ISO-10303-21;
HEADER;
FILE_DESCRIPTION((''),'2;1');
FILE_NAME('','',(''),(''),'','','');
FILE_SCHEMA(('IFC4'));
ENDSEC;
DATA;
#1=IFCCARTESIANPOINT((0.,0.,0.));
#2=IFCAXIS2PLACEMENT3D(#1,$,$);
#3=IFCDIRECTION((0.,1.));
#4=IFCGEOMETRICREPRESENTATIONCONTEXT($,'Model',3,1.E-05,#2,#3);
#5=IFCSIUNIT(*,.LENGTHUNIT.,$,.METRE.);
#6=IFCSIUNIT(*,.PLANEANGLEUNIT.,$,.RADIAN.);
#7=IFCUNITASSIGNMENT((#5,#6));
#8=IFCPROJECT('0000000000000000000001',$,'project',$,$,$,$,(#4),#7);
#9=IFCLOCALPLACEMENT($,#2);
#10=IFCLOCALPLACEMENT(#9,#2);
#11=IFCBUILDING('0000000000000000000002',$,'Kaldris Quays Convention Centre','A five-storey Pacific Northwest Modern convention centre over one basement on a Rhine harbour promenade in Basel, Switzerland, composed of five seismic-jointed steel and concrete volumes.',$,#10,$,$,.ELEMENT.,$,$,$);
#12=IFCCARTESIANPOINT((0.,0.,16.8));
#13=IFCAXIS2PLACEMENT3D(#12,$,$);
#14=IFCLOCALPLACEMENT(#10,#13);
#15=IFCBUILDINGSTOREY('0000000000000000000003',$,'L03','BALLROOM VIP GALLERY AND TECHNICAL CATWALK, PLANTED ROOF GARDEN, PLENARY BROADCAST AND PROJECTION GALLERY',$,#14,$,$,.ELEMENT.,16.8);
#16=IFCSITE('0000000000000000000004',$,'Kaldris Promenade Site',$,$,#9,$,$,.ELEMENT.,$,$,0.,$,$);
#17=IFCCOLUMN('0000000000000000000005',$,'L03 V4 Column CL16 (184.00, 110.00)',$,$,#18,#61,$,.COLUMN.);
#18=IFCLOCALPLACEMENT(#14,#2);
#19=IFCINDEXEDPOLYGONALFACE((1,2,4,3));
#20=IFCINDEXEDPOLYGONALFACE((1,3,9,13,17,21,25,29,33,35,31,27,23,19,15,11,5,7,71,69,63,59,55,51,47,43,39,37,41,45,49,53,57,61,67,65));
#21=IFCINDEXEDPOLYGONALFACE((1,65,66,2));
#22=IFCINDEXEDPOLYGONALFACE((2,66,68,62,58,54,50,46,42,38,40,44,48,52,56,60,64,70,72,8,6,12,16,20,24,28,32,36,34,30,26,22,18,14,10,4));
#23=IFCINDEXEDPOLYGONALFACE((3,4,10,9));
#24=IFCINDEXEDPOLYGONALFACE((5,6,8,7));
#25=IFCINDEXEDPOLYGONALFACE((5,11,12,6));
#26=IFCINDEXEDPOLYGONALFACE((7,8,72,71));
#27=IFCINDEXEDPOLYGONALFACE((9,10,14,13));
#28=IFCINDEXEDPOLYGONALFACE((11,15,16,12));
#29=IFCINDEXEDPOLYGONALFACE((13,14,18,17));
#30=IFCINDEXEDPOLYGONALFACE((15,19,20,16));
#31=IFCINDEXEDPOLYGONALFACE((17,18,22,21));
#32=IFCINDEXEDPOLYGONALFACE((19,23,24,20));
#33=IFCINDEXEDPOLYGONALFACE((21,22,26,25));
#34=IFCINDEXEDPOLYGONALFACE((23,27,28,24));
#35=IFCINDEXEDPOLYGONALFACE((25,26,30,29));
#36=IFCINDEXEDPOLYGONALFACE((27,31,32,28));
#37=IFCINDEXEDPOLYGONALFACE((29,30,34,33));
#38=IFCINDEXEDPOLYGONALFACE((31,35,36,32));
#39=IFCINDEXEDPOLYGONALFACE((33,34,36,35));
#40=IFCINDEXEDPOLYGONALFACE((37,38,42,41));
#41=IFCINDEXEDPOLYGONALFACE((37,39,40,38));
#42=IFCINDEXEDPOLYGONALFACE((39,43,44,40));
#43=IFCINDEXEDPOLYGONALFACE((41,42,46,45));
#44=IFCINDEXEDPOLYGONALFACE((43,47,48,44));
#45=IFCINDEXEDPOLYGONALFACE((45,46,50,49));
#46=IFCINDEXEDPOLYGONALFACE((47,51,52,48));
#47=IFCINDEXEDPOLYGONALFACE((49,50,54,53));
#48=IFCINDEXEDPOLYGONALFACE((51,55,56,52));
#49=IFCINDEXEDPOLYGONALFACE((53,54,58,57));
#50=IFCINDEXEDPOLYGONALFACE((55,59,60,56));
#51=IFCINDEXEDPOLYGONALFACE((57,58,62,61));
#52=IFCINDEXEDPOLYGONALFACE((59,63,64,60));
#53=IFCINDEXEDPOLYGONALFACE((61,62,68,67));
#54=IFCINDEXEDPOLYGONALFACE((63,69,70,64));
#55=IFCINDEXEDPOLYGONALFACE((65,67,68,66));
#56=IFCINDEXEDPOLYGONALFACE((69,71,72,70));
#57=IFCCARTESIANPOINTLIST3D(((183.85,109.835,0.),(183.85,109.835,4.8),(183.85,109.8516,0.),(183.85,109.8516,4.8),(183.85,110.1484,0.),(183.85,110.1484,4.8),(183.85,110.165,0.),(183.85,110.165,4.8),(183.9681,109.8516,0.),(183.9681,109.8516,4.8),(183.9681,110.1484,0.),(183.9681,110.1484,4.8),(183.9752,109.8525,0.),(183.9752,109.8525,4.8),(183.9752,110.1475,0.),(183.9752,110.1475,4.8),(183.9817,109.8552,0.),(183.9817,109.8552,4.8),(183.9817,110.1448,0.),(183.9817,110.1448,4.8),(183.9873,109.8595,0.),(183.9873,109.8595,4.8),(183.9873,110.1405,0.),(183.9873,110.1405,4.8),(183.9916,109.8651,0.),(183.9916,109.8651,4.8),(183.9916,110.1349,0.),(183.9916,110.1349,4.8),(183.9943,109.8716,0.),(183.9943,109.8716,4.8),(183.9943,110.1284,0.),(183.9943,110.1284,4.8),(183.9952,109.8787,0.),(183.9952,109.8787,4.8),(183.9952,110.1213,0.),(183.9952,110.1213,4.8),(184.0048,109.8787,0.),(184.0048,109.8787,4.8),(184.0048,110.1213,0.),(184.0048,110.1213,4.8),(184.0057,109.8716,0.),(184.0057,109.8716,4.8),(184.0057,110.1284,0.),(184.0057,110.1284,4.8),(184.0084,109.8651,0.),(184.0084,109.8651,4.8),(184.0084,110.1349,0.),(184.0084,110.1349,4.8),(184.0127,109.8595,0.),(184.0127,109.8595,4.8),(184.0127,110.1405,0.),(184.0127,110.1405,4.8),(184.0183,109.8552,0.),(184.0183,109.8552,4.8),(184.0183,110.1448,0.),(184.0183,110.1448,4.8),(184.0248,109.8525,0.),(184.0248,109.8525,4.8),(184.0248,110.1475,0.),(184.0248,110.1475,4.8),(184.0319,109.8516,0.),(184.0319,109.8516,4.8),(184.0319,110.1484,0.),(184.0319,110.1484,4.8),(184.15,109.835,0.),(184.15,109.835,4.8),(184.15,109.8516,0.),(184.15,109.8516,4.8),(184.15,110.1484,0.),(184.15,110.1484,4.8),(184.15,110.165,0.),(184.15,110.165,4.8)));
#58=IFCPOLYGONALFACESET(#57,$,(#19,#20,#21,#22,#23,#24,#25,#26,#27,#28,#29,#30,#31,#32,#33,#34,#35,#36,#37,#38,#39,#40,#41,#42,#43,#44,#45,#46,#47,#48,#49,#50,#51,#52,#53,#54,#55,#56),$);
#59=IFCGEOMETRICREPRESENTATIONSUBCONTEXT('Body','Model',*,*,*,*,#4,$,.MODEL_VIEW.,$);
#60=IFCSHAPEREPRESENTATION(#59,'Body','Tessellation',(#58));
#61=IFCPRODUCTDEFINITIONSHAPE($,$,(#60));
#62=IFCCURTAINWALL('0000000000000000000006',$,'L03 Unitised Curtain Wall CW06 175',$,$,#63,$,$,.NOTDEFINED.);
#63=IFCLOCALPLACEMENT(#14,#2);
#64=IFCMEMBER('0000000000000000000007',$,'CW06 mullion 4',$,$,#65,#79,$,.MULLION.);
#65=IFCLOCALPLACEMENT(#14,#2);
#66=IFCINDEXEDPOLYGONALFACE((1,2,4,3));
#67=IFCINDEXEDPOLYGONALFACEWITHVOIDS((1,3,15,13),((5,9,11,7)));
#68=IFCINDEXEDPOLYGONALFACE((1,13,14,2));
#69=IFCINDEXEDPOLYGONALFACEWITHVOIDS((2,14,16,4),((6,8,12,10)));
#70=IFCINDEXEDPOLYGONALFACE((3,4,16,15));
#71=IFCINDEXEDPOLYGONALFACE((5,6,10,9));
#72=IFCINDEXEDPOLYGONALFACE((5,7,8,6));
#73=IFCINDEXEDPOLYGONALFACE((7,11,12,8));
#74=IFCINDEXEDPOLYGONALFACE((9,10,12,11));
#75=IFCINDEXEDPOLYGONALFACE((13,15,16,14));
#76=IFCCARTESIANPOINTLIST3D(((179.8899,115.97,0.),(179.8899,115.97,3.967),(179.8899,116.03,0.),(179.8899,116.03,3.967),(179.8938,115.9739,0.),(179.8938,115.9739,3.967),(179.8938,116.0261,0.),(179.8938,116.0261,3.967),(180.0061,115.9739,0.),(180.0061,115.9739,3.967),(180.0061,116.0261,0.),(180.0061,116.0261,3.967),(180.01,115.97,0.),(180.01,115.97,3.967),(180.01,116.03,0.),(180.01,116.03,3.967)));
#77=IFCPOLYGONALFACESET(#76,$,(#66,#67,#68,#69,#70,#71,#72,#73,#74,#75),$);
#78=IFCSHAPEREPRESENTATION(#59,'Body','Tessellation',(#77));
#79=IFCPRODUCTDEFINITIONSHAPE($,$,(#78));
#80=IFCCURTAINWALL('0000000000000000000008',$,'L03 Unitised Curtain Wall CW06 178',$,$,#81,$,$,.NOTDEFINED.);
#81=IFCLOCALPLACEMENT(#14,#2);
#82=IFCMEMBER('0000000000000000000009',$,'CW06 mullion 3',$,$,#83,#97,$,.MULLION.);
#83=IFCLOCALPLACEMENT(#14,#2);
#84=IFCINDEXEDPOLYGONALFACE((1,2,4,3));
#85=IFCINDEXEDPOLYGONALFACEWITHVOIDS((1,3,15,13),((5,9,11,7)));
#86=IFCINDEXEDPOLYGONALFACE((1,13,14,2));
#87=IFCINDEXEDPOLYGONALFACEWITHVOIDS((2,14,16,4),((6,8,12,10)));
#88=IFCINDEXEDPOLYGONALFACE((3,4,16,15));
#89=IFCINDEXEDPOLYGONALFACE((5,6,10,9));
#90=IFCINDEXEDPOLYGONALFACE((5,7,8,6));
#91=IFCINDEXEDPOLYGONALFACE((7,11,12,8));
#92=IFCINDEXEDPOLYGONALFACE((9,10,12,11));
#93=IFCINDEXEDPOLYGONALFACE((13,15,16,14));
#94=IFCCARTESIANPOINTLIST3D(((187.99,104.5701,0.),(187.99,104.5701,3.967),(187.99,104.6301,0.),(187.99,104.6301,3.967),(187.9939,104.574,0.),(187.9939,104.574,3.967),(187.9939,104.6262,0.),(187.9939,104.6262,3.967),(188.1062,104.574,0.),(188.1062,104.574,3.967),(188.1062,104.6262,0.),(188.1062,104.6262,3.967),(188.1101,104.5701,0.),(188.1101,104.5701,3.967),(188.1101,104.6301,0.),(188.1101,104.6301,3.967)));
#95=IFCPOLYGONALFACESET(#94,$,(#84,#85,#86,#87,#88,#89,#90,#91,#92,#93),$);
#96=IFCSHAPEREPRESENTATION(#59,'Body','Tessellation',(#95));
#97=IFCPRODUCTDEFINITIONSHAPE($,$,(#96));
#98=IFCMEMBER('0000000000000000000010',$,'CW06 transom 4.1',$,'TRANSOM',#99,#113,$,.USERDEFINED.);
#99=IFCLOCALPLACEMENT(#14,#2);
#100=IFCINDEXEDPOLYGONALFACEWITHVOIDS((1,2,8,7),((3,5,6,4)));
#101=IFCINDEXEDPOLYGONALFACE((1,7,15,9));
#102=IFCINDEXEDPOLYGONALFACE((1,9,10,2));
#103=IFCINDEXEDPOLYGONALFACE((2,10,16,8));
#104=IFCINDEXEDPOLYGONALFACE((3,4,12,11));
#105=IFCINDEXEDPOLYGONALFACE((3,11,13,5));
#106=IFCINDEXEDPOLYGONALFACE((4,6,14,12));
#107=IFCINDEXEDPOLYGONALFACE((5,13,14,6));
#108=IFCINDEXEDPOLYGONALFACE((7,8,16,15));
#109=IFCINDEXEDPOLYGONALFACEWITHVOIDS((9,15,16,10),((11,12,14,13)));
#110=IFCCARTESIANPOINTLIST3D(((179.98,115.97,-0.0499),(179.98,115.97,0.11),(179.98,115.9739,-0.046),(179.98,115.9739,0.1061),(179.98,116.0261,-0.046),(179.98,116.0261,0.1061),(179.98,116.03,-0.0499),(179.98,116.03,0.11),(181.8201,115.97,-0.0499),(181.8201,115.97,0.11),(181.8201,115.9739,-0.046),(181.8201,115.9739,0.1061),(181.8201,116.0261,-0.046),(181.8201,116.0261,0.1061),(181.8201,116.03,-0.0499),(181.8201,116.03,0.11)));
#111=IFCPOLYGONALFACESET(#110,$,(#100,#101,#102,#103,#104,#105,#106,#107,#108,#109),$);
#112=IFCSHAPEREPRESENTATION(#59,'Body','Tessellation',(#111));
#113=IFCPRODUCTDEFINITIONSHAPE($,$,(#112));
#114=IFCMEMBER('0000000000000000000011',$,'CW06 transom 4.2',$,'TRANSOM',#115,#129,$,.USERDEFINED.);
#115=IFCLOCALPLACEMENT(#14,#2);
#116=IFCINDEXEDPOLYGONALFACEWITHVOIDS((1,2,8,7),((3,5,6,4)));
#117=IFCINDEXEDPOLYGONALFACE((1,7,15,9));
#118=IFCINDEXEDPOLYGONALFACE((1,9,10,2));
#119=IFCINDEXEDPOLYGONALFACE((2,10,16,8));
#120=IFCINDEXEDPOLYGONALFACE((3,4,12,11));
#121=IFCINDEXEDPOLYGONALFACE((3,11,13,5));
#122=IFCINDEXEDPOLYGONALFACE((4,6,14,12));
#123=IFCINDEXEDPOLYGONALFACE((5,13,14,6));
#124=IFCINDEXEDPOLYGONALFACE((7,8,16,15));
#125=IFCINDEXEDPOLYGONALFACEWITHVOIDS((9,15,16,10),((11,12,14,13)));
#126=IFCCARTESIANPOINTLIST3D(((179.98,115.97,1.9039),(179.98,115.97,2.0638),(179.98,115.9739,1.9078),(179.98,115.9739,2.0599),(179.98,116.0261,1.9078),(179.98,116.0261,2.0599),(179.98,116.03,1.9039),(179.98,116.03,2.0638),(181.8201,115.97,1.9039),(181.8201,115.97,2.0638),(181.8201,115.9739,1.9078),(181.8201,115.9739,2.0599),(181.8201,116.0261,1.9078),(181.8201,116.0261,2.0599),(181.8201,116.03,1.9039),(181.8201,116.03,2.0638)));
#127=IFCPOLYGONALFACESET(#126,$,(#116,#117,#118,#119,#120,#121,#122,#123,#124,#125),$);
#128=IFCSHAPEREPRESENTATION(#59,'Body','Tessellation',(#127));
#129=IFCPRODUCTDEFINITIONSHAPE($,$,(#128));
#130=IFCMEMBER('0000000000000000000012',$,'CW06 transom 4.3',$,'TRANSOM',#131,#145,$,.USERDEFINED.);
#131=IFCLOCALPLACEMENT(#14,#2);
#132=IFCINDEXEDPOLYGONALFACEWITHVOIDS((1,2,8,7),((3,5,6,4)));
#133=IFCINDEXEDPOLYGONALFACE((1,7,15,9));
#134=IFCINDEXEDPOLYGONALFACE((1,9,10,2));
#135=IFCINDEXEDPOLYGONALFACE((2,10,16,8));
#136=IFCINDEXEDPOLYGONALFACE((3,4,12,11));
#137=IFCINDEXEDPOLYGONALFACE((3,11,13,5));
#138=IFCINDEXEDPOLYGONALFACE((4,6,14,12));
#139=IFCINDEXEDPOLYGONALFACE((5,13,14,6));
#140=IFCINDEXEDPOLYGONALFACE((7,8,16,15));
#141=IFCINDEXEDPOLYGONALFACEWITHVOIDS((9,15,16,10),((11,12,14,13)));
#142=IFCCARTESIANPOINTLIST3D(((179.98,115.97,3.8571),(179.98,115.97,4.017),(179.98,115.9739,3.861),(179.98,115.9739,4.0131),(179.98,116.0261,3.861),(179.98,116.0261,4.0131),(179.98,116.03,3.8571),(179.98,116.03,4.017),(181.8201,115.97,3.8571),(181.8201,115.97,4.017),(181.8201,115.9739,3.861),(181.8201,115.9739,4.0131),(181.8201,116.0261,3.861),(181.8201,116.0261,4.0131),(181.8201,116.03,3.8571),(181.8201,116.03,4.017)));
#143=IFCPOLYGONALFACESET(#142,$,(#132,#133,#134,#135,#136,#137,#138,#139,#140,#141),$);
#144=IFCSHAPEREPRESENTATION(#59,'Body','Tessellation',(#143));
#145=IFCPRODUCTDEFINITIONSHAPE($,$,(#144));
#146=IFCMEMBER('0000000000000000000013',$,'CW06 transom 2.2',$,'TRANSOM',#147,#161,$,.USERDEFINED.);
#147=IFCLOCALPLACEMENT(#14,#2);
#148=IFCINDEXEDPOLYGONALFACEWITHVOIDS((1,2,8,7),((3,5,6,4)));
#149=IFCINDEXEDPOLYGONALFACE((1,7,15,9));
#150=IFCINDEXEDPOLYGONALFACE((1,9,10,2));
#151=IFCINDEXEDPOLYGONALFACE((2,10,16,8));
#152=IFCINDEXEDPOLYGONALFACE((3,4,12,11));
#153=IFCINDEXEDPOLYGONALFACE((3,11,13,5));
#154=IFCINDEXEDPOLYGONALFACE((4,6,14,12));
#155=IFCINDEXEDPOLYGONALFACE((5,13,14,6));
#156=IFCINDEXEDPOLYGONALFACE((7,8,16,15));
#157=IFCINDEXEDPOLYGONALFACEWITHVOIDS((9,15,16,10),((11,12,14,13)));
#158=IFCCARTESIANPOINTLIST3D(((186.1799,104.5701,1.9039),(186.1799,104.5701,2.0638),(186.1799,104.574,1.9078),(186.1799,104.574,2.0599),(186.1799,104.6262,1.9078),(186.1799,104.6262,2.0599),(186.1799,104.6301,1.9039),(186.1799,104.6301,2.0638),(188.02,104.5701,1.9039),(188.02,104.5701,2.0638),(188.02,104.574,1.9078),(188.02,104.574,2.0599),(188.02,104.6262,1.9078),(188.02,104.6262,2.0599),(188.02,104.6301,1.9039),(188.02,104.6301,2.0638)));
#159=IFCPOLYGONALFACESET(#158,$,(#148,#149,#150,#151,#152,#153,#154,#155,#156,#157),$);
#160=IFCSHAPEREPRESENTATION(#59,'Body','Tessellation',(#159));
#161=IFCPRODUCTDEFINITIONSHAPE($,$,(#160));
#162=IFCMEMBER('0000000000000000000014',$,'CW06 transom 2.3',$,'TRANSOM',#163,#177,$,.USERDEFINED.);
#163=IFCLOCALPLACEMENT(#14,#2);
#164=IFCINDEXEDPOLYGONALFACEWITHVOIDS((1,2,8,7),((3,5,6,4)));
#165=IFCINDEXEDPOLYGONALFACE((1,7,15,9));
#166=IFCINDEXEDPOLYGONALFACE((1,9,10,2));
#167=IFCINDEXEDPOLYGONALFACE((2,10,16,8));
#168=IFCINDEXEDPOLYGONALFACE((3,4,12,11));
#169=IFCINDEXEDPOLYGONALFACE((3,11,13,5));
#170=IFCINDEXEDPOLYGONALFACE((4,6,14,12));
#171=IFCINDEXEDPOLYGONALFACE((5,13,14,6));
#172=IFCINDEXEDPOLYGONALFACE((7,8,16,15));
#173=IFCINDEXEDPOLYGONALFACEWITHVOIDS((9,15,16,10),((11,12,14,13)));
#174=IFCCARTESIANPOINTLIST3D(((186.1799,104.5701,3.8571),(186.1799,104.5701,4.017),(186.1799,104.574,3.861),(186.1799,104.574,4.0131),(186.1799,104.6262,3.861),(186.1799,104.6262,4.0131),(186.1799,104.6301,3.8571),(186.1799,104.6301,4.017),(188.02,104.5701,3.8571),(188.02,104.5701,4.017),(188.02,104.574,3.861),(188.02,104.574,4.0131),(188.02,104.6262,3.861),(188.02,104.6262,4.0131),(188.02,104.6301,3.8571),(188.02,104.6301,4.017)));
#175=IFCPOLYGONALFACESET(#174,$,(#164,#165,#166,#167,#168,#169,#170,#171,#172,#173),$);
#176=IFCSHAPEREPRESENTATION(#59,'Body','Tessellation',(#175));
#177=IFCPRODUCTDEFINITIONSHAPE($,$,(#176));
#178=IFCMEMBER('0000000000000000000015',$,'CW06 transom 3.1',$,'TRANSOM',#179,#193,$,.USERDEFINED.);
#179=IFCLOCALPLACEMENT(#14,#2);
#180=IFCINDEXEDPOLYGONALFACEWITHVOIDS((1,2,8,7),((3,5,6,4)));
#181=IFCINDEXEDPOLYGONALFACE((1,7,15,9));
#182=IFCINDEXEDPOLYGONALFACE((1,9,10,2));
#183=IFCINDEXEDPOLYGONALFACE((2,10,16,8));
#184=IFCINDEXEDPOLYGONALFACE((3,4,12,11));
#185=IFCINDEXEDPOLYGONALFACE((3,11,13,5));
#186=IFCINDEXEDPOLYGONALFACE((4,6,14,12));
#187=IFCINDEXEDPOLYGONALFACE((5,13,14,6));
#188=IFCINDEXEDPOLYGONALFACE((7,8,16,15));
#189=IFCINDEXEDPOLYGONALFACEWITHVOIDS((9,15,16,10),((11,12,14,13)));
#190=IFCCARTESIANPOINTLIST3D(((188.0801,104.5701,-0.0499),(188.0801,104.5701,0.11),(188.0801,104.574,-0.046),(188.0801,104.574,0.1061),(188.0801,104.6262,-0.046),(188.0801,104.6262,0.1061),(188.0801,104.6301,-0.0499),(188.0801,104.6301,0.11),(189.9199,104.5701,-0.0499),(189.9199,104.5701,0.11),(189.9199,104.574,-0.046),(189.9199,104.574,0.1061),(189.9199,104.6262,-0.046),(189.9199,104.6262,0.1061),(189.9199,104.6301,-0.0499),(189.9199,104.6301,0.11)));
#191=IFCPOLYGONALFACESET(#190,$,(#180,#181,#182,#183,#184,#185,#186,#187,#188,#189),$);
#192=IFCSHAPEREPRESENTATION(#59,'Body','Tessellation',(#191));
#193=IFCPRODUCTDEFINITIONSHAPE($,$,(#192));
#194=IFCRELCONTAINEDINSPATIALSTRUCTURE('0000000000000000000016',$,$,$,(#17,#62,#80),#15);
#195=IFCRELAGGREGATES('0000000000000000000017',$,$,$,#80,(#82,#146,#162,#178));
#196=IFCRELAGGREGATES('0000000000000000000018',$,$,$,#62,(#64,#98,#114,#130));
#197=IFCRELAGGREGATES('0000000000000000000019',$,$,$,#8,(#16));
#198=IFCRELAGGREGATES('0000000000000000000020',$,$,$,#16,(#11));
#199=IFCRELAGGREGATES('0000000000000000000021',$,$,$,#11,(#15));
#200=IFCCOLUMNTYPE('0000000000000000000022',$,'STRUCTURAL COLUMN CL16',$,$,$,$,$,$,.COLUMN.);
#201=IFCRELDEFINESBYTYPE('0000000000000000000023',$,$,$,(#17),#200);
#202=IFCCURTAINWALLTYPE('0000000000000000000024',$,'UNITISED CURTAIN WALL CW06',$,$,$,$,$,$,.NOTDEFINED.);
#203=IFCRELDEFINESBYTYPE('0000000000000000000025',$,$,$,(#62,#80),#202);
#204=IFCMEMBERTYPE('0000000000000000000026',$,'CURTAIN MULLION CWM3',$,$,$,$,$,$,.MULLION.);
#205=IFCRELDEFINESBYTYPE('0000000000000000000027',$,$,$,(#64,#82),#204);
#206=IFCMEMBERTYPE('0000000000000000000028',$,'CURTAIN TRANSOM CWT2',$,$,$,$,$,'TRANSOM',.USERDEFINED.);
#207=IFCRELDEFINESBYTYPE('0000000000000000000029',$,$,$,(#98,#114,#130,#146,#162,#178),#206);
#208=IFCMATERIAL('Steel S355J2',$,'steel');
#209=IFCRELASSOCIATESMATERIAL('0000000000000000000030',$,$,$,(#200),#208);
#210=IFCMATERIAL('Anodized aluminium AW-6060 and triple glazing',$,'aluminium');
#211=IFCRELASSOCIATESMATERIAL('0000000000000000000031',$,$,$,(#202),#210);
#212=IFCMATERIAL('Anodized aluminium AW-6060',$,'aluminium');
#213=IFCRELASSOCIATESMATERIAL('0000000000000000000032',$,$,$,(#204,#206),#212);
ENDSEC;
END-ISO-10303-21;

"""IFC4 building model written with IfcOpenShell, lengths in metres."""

from ifc_helpers import new_model, si_unit, direction, frame, origin, origin_2d, place, context, subcontext, project, spatial, hollow_rectangle, i_section, extrude, material, material_profile, profile_set, type_object, element, aggregate, save


model = new_model("IFC4")

# Units and contexts
model_context = context("Model", 3, precision=1e-05, world=origin(), true_north=direction((0.0, 1.0)))
body_context = subcontext(model_context, "Body", "Model", "MODEL_VIEW")
ifc_project = project(units=[si_unit("LENGTHUNIT", "METRE"), si_unit("PLANEANGLEUNIT", "RADIAN")], contexts=[model_context])

# Site, building, storey
site_placement = place(None, origin())
site = spatial("IfcSite", under=ifc_project, at=site_placement, Name="Kaldris Promenade Site", CompositionType="ELEMENT", RefElevation=0.0)
building_placement = place(site_placement, origin())
building = spatial("IfcBuilding", under=site, at=building_placement, Name="Kaldris Quays Convention Centre", Description="A five-storey Pacific Northwest Modern convention centre over one basement on a Rhine harbour promenade in Basel, Switzerland, composed of five seismic-jointed steel and concrete volumes.", CompositionType="ELEMENT")
storey_placement = place(building_placement, frame((0.0, 0.0, 16.8)))
storey = spatial("IfcBuildingStorey", under=building, at=storey_placement, Name="L03", Description="BALLROOM VIP GALLERY AND TECHNICAL CATWALK, PLANTED ROOF GARDEN, PLENARY BROADCAST AND PROJECTION GALLERY", CompositionType="ELEMENT", Elevation=16.8)

# Column
ifc_material_1 = material(Name="Steel S355J2", Category="steel")
ifc_material_profile_1 = material_profile(ifc_material_1, i_section(OverallWidth=0.3, OverallDepth=0.3301, WebThickness=0.0095, FlangeThickness=0.0166, FilletRadius=0.0271, at=origin_2d()), Name="HEA 340")
ifc_profile_set_1 = profile_set([ifc_material_profile_1], Name="Steel S355J2")
column_type = type_object("IfcColumnType", Name="STRUCTURAL COLUMN CL16", PredefinedType="COLUMN", material=ifc_profile_set_1)
column_placement = place(storey_placement, frame((184.0, 110.0, 0.0), z_axis=(0.0, 0.0, 1.0), x_axis=(1.0, 0.0, 0.0)))
element("IfcColumn", 1, at=column_placement, inside=storey, type_object=column_type, Name="L03 V4 Column CL16 (184.00, 110.00)", PredefinedType="COLUMN", context=body_context, shape_type="SweptSolid", body=[
    extrude(i_section(OverallWidth=0.3, OverallDepth=0.3301, WebThickness=0.0095, FlangeThickness=0.0166, FilletRadius=0.0271, at=origin_2d()), origin(), (0.0, 0.0, 1.0), 4.8),
])

# Curtain walls, members
ifc_material_2 = material(Name="Anodized aluminium AW-6060 and triple glazing", Category="aluminium")
curtain_wall_type = type_object("IfcCurtainWallType", Name="UNITISED CURTAIN WALL CW06", PredefinedType="NOTDEFINED", material=ifc_material_2)
curtain_wall_1_placement = place(storey_placement, origin())
curtain_wall_1 = element("IfcCurtainWall", 2, at=curtain_wall_1_placement, inside=storey, type_object=curtain_wall_type, Name="L03 Unitised Curtain Wall CW06 175", PredefinedType="NOTDEFINED")
ifc_material_3 = material(Name="Anodized aluminium AW-6060", Category="aluminium")
ifc_material_profile_2 = material_profile(ifc_material_3, hollow_rectangle(XDim=0.0601, YDim=0.1201, WallThickness=0.0039, at=origin_2d()), Name="RHS 120x60x4")
ifc_profile_set_2 = profile_set([ifc_material_profile_2], Name="Anodized aluminium AW-6060")
member_type_1 = type_object("IfcMemberType", Name="CURTAIN MULLION CWM3", PredefinedType="MULLION", material=ifc_profile_set_2)
member_1_placement = place(storey_placement, frame((179.95, 116.0, 0.0), z_axis=(0.0, 0.0, 1.0), x_axis=(0.0, 1.0, 0.0)))
member_1 = element("IfcMember", 3, at=member_1_placement, type_object=member_type_1, Name="CW06 mullion 4", PredefinedType="MULLION", context=body_context, shape_type="SweptSolid", body=[
    extrude(hollow_rectangle(XDim=0.0601, YDim=0.1201, WallThickness=0.0039, at=origin_2d()), origin(), (0.0, 0.0, 1.0), 3.967),
])
curtain_wall_2_placement = place(storey_placement, origin())
curtain_wall_2 = element("IfcCurtainWall", 4, at=curtain_wall_2_placement, inside=storey, type_object=curtain_wall_type, Name="L03 Unitised Curtain Wall CW06 178", PredefinedType="NOTDEFINED")
member_2_placement = place(storey_placement, frame((188.05, 104.6001, 0.0), z_axis=(0.0, 0.0, 1.0), x_axis=(0.0, 1.0, 0.0)))
member_2 = element("IfcMember", 5, at=member_2_placement, type_object=member_type_1, Name="CW06 mullion 3", PredefinedType="MULLION", context=body_context, shape_type="SweptSolid", body=[
    extrude(hollow_rectangle(XDim=0.0601, YDim=0.1201, WallThickness=0.0039, at=origin_2d()), origin(), (0.0, 0.0, 1.0), 3.967),
])

# Members
ifc_material_profile_3 = material_profile(ifc_material_3, hollow_rectangle(XDim=0.0601, YDim=0.1599, WallThickness=0.0039, at=origin_2d()), Name="RHS 160x60x4")
ifc_profile_set_3 = profile_set([ifc_material_profile_3], Name="Anodized aluminium AW-6060")
member_type_2 = type_object("IfcMemberType", Name="CURTAIN TRANSOM CWT2", ElementType="TRANSOM", PredefinedType="USERDEFINED", material=ifc_profile_set_3)
member_3_placement = place(storey_placement, frame((179.98, 116.0, 0.03), z_axis=(1.0, 0.0, 0.0), x_axis=(0.0, 1.0, 0.0)))
member_3 = element("IfcMember", 6, at=member_3_placement, type_object=member_type_2, Name="CW06 transom 4.1", ObjectType="TRANSOM", PredefinedType="USERDEFINED", context=body_context, shape_type="SweptSolid", body=[
    extrude(hollow_rectangle(XDim=0.0601, YDim=0.1599, WallThickness=0.0039, at=origin_2d()), origin(), (0.0, 0.0, 1.0), 1.8401),
])
member_4_placement = place(storey_placement, frame((179.98, 116.0, 1.9839), z_axis=(1.0, 0.0, 0.0), x_axis=(0.0, 1.0, 0.0)))
member_4 = element("IfcMember", 7, at=member_4_placement, type_object=member_type_2, Name="CW06 transom 4.2", ObjectType="TRANSOM", PredefinedType="USERDEFINED", context=body_context, shape_type="SweptSolid", body=[
    extrude(hollow_rectangle(XDim=0.0601, YDim=0.1599, WallThickness=0.0039, at=origin_2d()), origin(), (0.0, 0.0, 1.0), 1.8401),
])
member_5_placement = place(storey_placement, frame((179.98, 116.0, 3.937), z_axis=(1.0, 0.0, 0.0), x_axis=(0.0, 1.0, 0.0)))
member_5 = element("IfcMember", 8, at=member_5_placement, type_object=member_type_2, Name="CW06 transom 4.3", ObjectType="TRANSOM", PredefinedType="USERDEFINED", context=body_context, shape_type="SweptSolid", body=[
    extrude(hollow_rectangle(XDim=0.0601, YDim=0.1599, WallThickness=0.0039, at=origin_2d()), origin(), (0.0, 0.0, 1.0), 1.8401),
])
member_6_placement = place(storey_placement, frame((186.1799, 104.6001, 1.9839), z_axis=(1.0, 0.0, 0.0), x_axis=(0.0, 1.0, 0.0)))
member_6 = element("IfcMember", 9, at=member_6_placement, type_object=member_type_2, Name="CW06 transom 2.2", ObjectType="TRANSOM", PredefinedType="USERDEFINED", context=body_context, shape_type="SweptSolid", body=[
    extrude(hollow_rectangle(XDim=0.0601, YDim=0.1599, WallThickness=0.0039, at=origin_2d()), origin(), (0.0, 0.0, 1.0), 1.8401),
])
member_7_placement = place(storey_placement, frame((186.1799, 104.6001, 3.937), z_axis=(1.0, 0.0, 0.0), x_axis=(0.0, 1.0, 0.0)))
member_7 = element("IfcMember", 10, at=member_7_placement, type_object=member_type_2, Name="CW06 transom 2.3", ObjectType="TRANSOM", PredefinedType="USERDEFINED", context=body_context, shape_type="SweptSolid", body=[
    extrude(hollow_rectangle(XDim=0.0601, YDim=0.1599, WallThickness=0.0039, at=origin_2d()), origin(), (0.0, 0.0, 1.0), 1.8401),
])
member_8_placement = place(storey_placement, frame((188.0801, 104.6001, 0.03), z_axis=(1.0, 0.0, 0.0), x_axis=(0.0, 1.0, 0.0)))
member_8 = element("IfcMember", 11, at=member_8_placement, type_object=member_type_2, Name="CW06 transom 3.1", ObjectType="TRANSOM", PredefinedType="USERDEFINED", context=body_context, shape_type="SweptSolid", body=[
    extrude(hollow_rectangle(XDim=0.0601, YDim=0.1599, WallThickness=0.0039, at=origin_2d()), origin(), (0.0, 0.0, 1.0), 1.8398),
])

aggregate(curtain_wall_2, [member_2, member_6, member_7, member_8])
aggregate(curtain_wall_1, [member_1, member_3, member_4, member_5])

save(model, "model.ifc")
